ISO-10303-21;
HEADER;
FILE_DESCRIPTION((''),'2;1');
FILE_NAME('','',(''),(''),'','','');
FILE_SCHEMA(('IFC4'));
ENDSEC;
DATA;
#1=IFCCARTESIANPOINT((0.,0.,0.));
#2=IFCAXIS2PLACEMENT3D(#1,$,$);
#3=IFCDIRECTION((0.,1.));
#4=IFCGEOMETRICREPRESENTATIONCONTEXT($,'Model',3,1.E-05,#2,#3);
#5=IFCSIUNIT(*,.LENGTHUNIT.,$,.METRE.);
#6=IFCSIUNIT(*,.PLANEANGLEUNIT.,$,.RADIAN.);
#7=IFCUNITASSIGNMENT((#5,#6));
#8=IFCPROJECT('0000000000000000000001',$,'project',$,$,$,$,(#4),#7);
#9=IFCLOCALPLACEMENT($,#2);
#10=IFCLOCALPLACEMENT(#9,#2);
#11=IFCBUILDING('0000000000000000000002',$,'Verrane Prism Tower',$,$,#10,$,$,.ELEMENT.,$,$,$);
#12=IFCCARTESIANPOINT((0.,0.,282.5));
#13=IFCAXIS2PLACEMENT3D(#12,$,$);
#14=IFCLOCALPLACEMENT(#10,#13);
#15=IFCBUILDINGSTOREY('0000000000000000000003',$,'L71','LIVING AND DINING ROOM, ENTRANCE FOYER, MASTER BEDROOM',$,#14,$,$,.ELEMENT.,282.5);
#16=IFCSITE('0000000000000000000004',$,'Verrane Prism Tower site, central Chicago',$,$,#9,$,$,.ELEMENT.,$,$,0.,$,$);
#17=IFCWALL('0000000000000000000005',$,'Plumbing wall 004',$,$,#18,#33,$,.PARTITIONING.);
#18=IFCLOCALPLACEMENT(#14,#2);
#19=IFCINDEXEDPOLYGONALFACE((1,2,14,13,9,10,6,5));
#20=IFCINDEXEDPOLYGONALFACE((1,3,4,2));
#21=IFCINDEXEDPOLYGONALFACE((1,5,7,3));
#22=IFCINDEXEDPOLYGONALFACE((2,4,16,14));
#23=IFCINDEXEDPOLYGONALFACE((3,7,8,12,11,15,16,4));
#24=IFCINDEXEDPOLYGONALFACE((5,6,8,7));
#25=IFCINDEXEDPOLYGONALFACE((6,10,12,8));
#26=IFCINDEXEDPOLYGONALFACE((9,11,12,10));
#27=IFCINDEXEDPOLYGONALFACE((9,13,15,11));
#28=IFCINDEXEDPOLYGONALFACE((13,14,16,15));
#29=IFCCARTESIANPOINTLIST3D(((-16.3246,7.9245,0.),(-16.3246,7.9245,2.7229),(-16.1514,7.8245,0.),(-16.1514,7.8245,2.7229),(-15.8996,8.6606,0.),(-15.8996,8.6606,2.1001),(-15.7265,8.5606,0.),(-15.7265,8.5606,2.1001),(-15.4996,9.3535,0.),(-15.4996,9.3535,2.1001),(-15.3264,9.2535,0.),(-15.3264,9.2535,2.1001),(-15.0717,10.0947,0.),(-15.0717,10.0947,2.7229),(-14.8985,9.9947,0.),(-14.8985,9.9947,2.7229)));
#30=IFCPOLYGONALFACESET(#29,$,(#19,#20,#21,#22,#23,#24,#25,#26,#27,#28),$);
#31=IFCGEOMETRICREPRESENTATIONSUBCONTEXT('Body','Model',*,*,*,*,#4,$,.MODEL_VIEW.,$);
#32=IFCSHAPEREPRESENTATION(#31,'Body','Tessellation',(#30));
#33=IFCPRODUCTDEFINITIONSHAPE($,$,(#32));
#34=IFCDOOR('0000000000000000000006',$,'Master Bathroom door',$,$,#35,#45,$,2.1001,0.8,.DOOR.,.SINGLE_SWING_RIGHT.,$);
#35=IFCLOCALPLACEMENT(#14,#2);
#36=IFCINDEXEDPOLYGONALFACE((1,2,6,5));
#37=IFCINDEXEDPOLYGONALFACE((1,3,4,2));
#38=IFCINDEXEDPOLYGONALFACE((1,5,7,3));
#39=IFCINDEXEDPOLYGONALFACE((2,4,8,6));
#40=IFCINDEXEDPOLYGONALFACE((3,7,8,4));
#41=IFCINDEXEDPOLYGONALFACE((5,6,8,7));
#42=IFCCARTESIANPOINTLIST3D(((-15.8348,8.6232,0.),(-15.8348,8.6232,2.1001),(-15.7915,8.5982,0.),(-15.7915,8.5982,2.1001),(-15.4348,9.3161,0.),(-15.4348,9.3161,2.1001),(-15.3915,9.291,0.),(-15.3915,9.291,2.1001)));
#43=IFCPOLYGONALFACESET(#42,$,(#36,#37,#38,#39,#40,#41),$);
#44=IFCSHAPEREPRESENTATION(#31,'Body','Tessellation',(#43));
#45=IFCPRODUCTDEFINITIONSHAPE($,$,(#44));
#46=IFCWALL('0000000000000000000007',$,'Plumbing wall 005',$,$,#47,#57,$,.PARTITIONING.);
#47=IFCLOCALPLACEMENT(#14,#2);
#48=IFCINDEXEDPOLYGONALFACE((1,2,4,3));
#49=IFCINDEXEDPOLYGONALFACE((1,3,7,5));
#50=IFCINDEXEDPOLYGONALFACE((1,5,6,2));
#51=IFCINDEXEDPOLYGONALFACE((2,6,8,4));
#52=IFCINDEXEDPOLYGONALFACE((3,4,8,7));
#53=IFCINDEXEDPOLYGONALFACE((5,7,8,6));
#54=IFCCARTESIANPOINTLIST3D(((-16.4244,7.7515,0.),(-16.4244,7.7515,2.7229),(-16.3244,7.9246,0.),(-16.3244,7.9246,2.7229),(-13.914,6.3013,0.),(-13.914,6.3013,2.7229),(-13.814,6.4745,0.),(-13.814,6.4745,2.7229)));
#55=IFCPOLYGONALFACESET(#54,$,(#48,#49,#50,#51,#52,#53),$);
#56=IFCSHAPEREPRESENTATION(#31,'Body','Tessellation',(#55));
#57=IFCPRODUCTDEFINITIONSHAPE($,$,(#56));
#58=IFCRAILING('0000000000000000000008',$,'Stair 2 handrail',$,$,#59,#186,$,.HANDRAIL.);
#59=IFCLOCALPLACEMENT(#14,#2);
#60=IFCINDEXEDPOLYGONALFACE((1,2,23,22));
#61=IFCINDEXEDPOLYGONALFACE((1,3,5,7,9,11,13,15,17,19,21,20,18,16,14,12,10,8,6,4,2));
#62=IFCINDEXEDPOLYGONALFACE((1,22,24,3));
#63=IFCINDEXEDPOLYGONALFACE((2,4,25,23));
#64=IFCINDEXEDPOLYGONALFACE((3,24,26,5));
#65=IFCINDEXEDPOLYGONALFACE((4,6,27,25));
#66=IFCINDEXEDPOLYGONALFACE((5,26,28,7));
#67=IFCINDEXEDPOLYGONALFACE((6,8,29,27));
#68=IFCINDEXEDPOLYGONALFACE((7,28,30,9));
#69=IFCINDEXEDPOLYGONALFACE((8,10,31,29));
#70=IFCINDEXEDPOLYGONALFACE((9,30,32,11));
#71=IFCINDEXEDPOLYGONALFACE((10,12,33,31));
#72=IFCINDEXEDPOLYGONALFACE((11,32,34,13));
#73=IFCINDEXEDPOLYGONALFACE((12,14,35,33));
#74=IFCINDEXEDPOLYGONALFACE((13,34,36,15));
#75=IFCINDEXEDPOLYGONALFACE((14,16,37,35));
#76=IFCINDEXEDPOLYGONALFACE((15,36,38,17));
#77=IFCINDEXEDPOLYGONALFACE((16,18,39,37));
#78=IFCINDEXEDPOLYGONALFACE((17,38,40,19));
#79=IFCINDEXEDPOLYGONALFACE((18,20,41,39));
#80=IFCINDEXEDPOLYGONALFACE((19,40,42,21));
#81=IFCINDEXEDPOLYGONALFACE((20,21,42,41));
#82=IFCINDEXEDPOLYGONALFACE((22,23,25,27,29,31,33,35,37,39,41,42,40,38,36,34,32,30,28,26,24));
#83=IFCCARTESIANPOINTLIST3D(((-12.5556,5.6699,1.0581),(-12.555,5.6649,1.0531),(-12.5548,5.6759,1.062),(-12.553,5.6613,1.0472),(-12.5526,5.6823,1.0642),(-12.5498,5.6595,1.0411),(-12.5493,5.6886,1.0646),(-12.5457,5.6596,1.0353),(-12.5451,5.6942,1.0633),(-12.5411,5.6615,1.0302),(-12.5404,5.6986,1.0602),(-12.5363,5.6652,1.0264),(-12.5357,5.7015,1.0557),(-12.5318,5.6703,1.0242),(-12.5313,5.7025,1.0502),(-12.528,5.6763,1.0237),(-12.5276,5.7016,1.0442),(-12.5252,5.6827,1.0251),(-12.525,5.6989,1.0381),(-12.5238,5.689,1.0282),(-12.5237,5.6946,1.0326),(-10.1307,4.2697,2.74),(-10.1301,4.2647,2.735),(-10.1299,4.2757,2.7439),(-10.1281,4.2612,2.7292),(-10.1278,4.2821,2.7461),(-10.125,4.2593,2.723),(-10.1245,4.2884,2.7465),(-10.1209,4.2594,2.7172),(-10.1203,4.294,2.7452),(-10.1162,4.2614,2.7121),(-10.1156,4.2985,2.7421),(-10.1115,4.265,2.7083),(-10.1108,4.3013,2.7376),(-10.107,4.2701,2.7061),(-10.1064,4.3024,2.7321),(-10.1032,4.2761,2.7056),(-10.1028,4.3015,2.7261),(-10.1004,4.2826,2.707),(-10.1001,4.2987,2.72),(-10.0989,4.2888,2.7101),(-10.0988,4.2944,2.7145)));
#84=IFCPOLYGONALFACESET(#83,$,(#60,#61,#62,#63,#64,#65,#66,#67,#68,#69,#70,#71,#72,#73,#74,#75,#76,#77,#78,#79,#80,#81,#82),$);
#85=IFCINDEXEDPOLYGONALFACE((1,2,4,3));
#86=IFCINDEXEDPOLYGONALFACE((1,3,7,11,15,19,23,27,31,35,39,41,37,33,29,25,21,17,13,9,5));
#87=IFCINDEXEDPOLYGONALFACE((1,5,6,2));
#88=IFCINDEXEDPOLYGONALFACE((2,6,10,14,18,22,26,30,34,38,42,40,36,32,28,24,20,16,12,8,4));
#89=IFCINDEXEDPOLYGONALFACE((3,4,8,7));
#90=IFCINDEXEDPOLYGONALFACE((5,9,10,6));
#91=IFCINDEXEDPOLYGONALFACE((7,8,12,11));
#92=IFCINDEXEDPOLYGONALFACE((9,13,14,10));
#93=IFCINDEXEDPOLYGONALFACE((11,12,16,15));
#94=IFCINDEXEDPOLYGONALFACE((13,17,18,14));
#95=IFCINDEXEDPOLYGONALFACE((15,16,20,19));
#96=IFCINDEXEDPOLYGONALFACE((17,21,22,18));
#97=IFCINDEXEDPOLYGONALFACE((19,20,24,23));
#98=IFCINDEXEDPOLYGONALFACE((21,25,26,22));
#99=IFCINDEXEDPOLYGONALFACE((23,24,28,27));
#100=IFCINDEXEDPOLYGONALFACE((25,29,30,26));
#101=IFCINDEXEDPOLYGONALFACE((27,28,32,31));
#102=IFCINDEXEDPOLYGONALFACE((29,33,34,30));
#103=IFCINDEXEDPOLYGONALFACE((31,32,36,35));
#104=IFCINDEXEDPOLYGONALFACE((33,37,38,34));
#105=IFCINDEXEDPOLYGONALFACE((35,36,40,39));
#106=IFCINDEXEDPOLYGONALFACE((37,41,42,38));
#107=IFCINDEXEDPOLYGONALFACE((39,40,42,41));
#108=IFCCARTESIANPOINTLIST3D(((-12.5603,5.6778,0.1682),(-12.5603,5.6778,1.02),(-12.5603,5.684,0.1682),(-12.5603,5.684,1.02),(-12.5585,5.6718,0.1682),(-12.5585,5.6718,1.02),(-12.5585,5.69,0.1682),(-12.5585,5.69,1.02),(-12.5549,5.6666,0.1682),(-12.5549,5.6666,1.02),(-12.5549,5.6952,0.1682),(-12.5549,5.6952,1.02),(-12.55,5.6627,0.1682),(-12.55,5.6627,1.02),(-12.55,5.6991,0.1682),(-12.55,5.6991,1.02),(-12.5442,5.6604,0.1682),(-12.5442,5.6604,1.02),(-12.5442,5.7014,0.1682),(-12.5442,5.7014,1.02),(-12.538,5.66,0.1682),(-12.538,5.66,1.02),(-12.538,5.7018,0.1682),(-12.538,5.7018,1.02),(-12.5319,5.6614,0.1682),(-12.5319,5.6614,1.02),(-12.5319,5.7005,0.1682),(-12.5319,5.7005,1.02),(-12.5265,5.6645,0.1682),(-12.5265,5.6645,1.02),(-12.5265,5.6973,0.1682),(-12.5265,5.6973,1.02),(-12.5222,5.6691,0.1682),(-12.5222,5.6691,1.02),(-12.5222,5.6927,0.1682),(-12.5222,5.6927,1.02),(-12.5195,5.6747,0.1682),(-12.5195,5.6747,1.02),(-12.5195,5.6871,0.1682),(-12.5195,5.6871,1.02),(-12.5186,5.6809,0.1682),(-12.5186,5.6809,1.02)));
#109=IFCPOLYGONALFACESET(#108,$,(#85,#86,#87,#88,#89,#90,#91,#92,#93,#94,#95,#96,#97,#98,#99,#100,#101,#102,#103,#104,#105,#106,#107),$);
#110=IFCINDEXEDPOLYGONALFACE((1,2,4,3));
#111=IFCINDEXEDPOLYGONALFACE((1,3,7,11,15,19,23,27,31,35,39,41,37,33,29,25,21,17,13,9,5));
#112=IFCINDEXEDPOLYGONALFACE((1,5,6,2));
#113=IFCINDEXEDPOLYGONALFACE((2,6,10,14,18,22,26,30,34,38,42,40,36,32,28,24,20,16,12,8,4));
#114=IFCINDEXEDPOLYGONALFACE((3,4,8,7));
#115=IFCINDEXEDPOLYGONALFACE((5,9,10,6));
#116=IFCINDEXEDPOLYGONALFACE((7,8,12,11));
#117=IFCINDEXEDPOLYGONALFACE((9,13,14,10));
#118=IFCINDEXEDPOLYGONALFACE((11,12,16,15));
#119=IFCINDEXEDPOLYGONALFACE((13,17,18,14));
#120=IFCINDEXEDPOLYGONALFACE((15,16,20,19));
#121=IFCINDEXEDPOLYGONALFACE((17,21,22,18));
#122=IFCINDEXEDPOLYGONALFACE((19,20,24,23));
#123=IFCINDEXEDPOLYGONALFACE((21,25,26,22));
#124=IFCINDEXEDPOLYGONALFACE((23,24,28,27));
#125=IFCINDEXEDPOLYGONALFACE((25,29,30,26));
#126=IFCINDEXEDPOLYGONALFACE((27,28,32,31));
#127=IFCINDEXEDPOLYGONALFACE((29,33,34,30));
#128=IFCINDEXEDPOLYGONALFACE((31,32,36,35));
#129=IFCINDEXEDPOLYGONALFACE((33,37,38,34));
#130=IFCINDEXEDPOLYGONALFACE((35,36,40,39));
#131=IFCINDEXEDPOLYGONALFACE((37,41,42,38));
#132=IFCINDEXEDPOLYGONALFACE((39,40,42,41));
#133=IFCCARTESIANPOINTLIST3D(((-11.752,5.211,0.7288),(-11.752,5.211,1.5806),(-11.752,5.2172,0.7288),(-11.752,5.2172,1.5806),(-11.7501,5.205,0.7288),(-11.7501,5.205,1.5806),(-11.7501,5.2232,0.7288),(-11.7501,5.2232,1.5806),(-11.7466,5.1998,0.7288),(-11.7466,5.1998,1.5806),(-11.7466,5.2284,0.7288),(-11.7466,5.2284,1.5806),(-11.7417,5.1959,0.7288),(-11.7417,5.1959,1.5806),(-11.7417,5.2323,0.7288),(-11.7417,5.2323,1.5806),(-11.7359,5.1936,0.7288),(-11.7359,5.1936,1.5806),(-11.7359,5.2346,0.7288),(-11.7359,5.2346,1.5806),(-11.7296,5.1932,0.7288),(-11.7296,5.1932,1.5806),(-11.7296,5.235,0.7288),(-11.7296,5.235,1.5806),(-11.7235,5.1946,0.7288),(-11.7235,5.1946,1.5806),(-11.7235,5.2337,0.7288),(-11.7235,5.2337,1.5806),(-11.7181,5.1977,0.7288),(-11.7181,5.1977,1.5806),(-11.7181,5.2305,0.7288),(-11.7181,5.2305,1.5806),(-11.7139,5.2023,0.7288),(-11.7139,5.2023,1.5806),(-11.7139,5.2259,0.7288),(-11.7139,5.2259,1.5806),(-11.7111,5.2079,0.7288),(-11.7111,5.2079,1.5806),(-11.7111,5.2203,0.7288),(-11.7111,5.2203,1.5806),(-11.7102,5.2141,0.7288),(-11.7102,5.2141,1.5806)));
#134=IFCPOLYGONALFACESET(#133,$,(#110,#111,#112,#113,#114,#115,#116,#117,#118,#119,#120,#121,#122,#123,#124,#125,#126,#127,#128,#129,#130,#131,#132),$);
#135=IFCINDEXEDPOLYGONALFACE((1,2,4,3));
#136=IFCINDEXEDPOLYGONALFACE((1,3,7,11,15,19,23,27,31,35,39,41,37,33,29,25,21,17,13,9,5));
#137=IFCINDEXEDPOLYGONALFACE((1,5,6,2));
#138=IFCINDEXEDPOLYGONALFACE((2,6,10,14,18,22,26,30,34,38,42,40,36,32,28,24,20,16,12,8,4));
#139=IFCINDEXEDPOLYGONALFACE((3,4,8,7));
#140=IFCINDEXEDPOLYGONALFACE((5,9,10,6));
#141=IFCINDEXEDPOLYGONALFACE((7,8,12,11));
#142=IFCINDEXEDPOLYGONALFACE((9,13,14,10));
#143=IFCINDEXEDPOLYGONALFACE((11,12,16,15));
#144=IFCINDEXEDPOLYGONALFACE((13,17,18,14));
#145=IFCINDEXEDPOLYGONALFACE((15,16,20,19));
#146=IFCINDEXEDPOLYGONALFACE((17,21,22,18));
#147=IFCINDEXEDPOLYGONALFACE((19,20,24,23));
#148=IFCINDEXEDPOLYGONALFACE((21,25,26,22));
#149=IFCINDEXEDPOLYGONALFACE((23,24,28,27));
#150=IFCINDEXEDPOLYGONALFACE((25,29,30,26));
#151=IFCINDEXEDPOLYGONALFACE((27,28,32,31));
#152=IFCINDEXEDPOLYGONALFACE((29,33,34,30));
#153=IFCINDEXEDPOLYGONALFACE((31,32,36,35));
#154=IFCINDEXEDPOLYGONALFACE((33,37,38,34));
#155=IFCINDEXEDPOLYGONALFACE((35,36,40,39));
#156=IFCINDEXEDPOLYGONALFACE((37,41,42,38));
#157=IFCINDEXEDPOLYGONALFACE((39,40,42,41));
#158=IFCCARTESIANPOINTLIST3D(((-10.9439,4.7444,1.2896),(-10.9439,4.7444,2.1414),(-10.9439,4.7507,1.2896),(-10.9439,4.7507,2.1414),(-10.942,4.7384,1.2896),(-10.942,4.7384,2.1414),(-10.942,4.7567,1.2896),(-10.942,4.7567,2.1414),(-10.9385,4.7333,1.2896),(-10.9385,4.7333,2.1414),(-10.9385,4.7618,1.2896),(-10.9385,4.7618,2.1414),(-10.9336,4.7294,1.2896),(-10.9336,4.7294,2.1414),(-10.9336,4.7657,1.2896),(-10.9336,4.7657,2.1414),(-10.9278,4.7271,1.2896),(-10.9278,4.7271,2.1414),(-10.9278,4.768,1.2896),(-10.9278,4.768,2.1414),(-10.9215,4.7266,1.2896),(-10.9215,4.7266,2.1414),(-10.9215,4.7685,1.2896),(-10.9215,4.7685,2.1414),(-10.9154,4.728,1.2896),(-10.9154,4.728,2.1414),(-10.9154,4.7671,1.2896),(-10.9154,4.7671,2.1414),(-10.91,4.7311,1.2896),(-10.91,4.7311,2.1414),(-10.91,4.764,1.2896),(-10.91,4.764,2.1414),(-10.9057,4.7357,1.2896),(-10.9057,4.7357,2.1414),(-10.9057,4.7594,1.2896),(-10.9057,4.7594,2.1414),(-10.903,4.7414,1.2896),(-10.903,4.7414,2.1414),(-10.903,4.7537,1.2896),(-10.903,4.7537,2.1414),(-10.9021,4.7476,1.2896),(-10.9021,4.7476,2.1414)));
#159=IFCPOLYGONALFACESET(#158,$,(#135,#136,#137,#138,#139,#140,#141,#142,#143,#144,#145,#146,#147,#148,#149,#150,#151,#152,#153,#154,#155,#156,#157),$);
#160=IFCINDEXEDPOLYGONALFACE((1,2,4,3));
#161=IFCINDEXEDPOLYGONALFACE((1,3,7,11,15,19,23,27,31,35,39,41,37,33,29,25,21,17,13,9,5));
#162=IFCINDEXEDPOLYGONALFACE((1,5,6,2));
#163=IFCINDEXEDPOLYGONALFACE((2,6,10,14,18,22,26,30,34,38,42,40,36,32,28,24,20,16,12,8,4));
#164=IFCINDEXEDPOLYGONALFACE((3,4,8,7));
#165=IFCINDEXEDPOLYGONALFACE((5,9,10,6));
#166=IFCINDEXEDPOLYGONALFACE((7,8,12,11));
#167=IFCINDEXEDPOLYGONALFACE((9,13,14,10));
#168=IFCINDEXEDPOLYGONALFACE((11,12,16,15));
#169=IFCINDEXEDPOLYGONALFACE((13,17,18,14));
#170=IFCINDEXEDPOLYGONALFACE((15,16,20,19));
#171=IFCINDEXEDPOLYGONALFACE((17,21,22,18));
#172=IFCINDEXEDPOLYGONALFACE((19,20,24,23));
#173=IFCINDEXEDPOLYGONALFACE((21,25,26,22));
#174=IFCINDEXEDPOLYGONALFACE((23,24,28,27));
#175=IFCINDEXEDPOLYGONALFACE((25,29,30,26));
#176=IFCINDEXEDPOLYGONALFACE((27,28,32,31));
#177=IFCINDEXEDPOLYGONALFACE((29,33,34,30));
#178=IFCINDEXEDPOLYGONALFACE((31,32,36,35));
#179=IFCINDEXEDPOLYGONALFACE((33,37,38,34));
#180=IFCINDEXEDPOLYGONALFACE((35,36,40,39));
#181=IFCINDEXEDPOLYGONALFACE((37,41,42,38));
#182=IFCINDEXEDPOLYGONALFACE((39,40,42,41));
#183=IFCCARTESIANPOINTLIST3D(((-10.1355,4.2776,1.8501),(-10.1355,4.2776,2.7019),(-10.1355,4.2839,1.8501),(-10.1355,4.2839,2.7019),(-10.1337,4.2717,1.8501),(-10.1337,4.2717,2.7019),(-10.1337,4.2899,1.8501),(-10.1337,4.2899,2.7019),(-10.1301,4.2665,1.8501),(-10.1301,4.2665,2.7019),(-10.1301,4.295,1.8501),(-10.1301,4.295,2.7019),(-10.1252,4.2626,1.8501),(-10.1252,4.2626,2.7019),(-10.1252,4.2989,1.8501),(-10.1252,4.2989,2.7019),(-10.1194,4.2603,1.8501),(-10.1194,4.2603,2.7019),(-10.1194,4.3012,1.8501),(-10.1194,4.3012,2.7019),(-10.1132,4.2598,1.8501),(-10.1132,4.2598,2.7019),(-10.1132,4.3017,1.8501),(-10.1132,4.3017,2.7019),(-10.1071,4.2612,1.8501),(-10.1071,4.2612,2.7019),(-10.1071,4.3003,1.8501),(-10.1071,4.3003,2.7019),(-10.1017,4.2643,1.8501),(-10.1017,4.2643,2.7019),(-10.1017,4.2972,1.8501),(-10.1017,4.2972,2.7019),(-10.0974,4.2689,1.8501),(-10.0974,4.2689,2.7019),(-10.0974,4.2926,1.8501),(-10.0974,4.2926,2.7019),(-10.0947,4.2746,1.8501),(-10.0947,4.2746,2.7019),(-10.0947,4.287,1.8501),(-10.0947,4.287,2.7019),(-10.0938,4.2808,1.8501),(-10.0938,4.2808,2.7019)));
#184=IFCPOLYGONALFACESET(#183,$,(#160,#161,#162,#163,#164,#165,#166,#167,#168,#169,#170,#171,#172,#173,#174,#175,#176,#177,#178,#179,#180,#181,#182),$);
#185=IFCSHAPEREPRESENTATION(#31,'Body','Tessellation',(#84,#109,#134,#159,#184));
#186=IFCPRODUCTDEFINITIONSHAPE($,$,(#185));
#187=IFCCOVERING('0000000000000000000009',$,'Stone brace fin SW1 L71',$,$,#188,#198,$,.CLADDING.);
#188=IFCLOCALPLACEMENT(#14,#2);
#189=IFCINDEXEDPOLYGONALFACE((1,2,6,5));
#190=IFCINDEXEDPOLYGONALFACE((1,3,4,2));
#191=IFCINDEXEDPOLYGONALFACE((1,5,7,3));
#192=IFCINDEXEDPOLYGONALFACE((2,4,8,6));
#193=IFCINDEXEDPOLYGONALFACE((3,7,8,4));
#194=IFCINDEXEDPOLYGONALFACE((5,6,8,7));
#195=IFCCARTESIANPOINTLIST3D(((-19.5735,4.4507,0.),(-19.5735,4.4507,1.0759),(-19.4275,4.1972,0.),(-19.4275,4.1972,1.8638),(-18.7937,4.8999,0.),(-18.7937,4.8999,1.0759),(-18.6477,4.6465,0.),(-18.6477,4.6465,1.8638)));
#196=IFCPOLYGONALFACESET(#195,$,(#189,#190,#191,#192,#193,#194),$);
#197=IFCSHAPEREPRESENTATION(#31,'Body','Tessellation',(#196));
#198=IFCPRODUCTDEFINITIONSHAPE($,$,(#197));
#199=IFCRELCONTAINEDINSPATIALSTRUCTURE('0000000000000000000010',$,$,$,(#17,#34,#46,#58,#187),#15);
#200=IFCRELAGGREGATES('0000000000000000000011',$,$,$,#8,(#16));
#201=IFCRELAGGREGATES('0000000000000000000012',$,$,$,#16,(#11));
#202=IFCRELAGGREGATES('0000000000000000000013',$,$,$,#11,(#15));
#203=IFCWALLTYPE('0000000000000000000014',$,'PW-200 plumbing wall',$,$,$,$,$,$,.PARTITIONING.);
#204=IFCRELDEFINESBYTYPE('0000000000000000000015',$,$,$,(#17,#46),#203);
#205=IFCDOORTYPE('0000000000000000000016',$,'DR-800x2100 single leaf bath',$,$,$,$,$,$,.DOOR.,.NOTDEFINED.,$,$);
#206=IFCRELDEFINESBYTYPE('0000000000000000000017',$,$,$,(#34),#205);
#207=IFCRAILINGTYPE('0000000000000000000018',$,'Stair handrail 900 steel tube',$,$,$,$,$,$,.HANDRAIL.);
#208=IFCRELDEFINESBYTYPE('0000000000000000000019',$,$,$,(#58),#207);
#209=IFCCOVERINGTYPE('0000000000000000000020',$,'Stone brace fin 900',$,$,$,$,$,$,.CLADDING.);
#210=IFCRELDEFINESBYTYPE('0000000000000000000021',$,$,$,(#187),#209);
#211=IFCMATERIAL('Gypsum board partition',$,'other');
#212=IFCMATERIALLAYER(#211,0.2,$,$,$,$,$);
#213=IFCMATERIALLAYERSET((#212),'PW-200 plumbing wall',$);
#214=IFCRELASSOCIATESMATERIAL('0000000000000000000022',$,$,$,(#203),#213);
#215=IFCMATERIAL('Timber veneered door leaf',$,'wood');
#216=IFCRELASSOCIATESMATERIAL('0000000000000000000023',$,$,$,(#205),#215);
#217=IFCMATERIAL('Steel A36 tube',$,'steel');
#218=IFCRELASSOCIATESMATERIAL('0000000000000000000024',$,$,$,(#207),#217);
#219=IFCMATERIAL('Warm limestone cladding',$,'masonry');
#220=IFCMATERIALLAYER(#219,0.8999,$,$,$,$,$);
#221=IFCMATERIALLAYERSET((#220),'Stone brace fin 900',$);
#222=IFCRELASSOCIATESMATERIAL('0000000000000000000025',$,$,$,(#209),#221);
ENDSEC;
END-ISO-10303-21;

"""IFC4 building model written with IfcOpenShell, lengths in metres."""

from ifc_helpers import new_model, si_unit, direction, frame, frame_2d, origin, origin_2d, place, context, subcontext, project, spatial, polyline, rectangle, circle, outline, extrude, material, layer, layer_set, type_object, element, fill, save


model = new_model("IFC4")

# Units and contexts
model_context = context("Model", 3, precision=1e-05, world=origin(), true_north=direction((0.0, 1.0)))
body_context = subcontext(model_context, "Body", "Model", "MODEL_VIEW")
ifc_project = project(units=[si_unit("LENGTHUNIT", "METRE"), si_unit("PLANEANGLEUNIT", "RADIAN")], contexts=[model_context])

# Site, building, storey
site_placement = place(None, origin())
site = spatial("IfcSite", under=ifc_project, at=site_placement, Name="Verrane Prism Tower site, central Chicago", CompositionType="ELEMENT", RefElevation=0.0)
building_placement = place(site_placement, origin())
building = spatial("IfcBuilding", under=site, at=building_placement, Name="Verrane Prism Tower", CompositionType="ELEMENT")
storey_placement = place(building_placement, frame((0.0, 0.0, 282.5)))
storey = spatial("IfcBuildingStorey", under=building, at=storey_placement, Name="L71", Description="LIVING AND DINING ROOM, ENTRANCE FOYER, MASTER BEDROOM", CompositionType="ELEMENT", Elevation=282.5)

# Wall, opening, door
ifc_material_1 = material(Name="Gypsum board partition", Category="other")
ifc_layer_1 = layer(ifc_material_1, 0.2)
ifc_layer_set_1 = layer_set([ifc_layer_1], Name="PW-200 plumbing wall")
wall_type_1 = type_object("IfcWallType", Name="PW-200 plumbing wall", PredefinedType="PARTITIONING", material=ifc_layer_set_1)
wall_1_placement = place(storey_placement, frame((-14.9851, 10.0447, 0.0), z_axis=(0.0, 0.0, 1.0), x_axis=(-0.499995, -0.866028, 0.0)))
wall_1 = element("IfcWall", 1, at=wall_1_placement, inside=storey, type_object=wall_type_1, Name="Plumbing wall 004", PredefinedType="PARTITIONING", context=body_context, shape_type="SweptSolid", body=[
    extrude(rectangle(XDim=2.5059, YDim=0.2, at=frame_2d((1.2529, 0.0))), origin(), (0.0, 0.0, 1.0), 2.7229),
])
opening_1_placement = place(wall_1_placement, frame((0.856, 0.0, 0.0)))
opening_1 = element("IfcOpeningElement", 2, at=opening_1_placement, cuts=wall_1, PredefinedType="OPENING", context=body_context, shape_type="SweptSolid", body=[
    extrude(rectangle(XDim=0.8, YDim=2.1001, at=frame_2d((0.3999, 1.05))), frame((0.0, 0.1099, 0.0), z_axis=(0.0, -1.0, 0.0), x_axis=(1.0, 0.0, 0.0)), (0.0, 0.0, 1.0), 0.22),
])
ifc_material_2 = material(Name="Timber veneered door leaf", Category="wood")
door_type_1 = type_object("IfcDoorType", Name="DR-800x2100 single leaf bath", OperationType="NOTDEFINED", PredefinedType="DOOR", material=ifc_material_2)
door_1_placement = place(opening_1_placement, origin())
door_1 = element("IfcDoor", 3, at=door_1_placement, inside=storey, type_object=door_type_1, Name="Master Bathroom door", OperationType="SINGLE_SWING_RIGHT", OverallHeight=2.1001, OverallWidth=0.8, PredefinedType="DOOR", context=body_context, shape_type="SweptSolid", body=[
    extrude(rectangle(XDim=0.8, YDim=2.1001, at=frame_2d((0.3999, 1.05))), frame((0.0, 0.0249, 0.0), z_axis=(0.0, -1.0, 0.0), x_axis=(1.0, 0.0, 0.0)), (0.0, 0.0, 1.0), 0.05),
])
fill(opening_1, door_1)

# Wall
wall_2_placement = place(storey_placement, frame((-16.3745, 7.8381, 0.0), z_axis=(0.0, 0.0, 1.0), x_axis=(0.865912, -0.500196, 0.0)))
element("IfcWall", 4, at=wall_2_placement, inside=storey, type_object=wall_type_1, Name="Plumbing wall 005", PredefinedType="PARTITIONING", context=body_context, shape_type="SweptSolid", body=[
    extrude(rectangle(XDim=2.8992, YDim=0.2, at=frame_2d((1.4497, 0.0))), origin(), (0.0, 0.0, 1.0), 2.7229),
])

# Railing
ifc_material_3 = material(Name="Steel A36 tube", Category="steel")
railing_type = type_object("IfcRailingType", Name="Stair handrail 900 steel tube", PredefinedType="HANDRAIL", material=ifc_material_3)
railing_placement = place(storey_placement, frame((-12.5396, 5.6809, 0.1682)))
element("IfcRailing", 5, at=railing_placement, inside=storey, type_object=railing_type, Name="Stair 2 handrail", PredefinedType="HANDRAIL", context=body_context, shape_type="SweptSolid", body=[
    extrude(circle(Radius=0.0239, at=origin_2d()), frame((0.0, 0.0, 0.876), z_axis=(0.742367, -0.428662, 0.514918), x_axis=(0.50005, 0.865997, 0.0)), (0.0, 0.0, 1.0), 3.2664),
    extrude(circle(Radius=0.021, at=origin_2d()), origin(), (0.0, 0.0, 1.0), 0.8518),
    extrude(circle(Radius=0.021, at=origin_2d()), frame((0.8083, -0.4668, 0.5605)), (0.0, 0.0, 1.0), 0.8518),
    extrude(circle(Radius=0.021, at=origin_2d()), frame((1.6165, -0.9333, 1.1213)), (0.0, 0.0, 1.0), 0.8518),
    extrude(circle(Radius=0.021, at=origin_2d()), frame((2.4248, -1.4001, 1.6819)), (0.0, 0.0, 1.0), 0.8518),
])

# Covering
ifc_material_4 = material(Name="Warm limestone cladding", Category="masonry")
ifc_layer_2 = layer(ifc_material_4, 0.8999)
ifc_layer_set_2 = layer_set([ifc_layer_2], Name="Stone brace fin 900")
covering_type = type_object("IfcCoveringType", Name="Stone brace fin 900", PredefinedType="CLADDING", material=ifc_layer_set_2)
covering_placement = place(storey_placement, frame((-19.1836, 4.6753, 0.0), z_axis=(0.0, 0.0, 1.0), x_axis=(0.499192, -0.866491, 0.0)))
element("IfcCovering", 6, at=covering_placement, inside=storey, type_object=covering_type, Name="Stone brace fin SW1 L71", PredefinedType="CLADDING", context=body_context, shape_type="SweptSolid", body=[
    extrude(outline(polyline([(0.0, 0.0), (0.2925, 0.0), (0.2925, 1.8638), (0.0, 1.0759), (0.0, 0.0)])), frame((0.0, 0.45, 0.0), z_axis=(0.0, -1.0, 0.0), x_axis=(1.0, 0.0, 0.0)), (0.0, 0.0, 1.0), 0.8999),
])

save(model, "model.ifc")
